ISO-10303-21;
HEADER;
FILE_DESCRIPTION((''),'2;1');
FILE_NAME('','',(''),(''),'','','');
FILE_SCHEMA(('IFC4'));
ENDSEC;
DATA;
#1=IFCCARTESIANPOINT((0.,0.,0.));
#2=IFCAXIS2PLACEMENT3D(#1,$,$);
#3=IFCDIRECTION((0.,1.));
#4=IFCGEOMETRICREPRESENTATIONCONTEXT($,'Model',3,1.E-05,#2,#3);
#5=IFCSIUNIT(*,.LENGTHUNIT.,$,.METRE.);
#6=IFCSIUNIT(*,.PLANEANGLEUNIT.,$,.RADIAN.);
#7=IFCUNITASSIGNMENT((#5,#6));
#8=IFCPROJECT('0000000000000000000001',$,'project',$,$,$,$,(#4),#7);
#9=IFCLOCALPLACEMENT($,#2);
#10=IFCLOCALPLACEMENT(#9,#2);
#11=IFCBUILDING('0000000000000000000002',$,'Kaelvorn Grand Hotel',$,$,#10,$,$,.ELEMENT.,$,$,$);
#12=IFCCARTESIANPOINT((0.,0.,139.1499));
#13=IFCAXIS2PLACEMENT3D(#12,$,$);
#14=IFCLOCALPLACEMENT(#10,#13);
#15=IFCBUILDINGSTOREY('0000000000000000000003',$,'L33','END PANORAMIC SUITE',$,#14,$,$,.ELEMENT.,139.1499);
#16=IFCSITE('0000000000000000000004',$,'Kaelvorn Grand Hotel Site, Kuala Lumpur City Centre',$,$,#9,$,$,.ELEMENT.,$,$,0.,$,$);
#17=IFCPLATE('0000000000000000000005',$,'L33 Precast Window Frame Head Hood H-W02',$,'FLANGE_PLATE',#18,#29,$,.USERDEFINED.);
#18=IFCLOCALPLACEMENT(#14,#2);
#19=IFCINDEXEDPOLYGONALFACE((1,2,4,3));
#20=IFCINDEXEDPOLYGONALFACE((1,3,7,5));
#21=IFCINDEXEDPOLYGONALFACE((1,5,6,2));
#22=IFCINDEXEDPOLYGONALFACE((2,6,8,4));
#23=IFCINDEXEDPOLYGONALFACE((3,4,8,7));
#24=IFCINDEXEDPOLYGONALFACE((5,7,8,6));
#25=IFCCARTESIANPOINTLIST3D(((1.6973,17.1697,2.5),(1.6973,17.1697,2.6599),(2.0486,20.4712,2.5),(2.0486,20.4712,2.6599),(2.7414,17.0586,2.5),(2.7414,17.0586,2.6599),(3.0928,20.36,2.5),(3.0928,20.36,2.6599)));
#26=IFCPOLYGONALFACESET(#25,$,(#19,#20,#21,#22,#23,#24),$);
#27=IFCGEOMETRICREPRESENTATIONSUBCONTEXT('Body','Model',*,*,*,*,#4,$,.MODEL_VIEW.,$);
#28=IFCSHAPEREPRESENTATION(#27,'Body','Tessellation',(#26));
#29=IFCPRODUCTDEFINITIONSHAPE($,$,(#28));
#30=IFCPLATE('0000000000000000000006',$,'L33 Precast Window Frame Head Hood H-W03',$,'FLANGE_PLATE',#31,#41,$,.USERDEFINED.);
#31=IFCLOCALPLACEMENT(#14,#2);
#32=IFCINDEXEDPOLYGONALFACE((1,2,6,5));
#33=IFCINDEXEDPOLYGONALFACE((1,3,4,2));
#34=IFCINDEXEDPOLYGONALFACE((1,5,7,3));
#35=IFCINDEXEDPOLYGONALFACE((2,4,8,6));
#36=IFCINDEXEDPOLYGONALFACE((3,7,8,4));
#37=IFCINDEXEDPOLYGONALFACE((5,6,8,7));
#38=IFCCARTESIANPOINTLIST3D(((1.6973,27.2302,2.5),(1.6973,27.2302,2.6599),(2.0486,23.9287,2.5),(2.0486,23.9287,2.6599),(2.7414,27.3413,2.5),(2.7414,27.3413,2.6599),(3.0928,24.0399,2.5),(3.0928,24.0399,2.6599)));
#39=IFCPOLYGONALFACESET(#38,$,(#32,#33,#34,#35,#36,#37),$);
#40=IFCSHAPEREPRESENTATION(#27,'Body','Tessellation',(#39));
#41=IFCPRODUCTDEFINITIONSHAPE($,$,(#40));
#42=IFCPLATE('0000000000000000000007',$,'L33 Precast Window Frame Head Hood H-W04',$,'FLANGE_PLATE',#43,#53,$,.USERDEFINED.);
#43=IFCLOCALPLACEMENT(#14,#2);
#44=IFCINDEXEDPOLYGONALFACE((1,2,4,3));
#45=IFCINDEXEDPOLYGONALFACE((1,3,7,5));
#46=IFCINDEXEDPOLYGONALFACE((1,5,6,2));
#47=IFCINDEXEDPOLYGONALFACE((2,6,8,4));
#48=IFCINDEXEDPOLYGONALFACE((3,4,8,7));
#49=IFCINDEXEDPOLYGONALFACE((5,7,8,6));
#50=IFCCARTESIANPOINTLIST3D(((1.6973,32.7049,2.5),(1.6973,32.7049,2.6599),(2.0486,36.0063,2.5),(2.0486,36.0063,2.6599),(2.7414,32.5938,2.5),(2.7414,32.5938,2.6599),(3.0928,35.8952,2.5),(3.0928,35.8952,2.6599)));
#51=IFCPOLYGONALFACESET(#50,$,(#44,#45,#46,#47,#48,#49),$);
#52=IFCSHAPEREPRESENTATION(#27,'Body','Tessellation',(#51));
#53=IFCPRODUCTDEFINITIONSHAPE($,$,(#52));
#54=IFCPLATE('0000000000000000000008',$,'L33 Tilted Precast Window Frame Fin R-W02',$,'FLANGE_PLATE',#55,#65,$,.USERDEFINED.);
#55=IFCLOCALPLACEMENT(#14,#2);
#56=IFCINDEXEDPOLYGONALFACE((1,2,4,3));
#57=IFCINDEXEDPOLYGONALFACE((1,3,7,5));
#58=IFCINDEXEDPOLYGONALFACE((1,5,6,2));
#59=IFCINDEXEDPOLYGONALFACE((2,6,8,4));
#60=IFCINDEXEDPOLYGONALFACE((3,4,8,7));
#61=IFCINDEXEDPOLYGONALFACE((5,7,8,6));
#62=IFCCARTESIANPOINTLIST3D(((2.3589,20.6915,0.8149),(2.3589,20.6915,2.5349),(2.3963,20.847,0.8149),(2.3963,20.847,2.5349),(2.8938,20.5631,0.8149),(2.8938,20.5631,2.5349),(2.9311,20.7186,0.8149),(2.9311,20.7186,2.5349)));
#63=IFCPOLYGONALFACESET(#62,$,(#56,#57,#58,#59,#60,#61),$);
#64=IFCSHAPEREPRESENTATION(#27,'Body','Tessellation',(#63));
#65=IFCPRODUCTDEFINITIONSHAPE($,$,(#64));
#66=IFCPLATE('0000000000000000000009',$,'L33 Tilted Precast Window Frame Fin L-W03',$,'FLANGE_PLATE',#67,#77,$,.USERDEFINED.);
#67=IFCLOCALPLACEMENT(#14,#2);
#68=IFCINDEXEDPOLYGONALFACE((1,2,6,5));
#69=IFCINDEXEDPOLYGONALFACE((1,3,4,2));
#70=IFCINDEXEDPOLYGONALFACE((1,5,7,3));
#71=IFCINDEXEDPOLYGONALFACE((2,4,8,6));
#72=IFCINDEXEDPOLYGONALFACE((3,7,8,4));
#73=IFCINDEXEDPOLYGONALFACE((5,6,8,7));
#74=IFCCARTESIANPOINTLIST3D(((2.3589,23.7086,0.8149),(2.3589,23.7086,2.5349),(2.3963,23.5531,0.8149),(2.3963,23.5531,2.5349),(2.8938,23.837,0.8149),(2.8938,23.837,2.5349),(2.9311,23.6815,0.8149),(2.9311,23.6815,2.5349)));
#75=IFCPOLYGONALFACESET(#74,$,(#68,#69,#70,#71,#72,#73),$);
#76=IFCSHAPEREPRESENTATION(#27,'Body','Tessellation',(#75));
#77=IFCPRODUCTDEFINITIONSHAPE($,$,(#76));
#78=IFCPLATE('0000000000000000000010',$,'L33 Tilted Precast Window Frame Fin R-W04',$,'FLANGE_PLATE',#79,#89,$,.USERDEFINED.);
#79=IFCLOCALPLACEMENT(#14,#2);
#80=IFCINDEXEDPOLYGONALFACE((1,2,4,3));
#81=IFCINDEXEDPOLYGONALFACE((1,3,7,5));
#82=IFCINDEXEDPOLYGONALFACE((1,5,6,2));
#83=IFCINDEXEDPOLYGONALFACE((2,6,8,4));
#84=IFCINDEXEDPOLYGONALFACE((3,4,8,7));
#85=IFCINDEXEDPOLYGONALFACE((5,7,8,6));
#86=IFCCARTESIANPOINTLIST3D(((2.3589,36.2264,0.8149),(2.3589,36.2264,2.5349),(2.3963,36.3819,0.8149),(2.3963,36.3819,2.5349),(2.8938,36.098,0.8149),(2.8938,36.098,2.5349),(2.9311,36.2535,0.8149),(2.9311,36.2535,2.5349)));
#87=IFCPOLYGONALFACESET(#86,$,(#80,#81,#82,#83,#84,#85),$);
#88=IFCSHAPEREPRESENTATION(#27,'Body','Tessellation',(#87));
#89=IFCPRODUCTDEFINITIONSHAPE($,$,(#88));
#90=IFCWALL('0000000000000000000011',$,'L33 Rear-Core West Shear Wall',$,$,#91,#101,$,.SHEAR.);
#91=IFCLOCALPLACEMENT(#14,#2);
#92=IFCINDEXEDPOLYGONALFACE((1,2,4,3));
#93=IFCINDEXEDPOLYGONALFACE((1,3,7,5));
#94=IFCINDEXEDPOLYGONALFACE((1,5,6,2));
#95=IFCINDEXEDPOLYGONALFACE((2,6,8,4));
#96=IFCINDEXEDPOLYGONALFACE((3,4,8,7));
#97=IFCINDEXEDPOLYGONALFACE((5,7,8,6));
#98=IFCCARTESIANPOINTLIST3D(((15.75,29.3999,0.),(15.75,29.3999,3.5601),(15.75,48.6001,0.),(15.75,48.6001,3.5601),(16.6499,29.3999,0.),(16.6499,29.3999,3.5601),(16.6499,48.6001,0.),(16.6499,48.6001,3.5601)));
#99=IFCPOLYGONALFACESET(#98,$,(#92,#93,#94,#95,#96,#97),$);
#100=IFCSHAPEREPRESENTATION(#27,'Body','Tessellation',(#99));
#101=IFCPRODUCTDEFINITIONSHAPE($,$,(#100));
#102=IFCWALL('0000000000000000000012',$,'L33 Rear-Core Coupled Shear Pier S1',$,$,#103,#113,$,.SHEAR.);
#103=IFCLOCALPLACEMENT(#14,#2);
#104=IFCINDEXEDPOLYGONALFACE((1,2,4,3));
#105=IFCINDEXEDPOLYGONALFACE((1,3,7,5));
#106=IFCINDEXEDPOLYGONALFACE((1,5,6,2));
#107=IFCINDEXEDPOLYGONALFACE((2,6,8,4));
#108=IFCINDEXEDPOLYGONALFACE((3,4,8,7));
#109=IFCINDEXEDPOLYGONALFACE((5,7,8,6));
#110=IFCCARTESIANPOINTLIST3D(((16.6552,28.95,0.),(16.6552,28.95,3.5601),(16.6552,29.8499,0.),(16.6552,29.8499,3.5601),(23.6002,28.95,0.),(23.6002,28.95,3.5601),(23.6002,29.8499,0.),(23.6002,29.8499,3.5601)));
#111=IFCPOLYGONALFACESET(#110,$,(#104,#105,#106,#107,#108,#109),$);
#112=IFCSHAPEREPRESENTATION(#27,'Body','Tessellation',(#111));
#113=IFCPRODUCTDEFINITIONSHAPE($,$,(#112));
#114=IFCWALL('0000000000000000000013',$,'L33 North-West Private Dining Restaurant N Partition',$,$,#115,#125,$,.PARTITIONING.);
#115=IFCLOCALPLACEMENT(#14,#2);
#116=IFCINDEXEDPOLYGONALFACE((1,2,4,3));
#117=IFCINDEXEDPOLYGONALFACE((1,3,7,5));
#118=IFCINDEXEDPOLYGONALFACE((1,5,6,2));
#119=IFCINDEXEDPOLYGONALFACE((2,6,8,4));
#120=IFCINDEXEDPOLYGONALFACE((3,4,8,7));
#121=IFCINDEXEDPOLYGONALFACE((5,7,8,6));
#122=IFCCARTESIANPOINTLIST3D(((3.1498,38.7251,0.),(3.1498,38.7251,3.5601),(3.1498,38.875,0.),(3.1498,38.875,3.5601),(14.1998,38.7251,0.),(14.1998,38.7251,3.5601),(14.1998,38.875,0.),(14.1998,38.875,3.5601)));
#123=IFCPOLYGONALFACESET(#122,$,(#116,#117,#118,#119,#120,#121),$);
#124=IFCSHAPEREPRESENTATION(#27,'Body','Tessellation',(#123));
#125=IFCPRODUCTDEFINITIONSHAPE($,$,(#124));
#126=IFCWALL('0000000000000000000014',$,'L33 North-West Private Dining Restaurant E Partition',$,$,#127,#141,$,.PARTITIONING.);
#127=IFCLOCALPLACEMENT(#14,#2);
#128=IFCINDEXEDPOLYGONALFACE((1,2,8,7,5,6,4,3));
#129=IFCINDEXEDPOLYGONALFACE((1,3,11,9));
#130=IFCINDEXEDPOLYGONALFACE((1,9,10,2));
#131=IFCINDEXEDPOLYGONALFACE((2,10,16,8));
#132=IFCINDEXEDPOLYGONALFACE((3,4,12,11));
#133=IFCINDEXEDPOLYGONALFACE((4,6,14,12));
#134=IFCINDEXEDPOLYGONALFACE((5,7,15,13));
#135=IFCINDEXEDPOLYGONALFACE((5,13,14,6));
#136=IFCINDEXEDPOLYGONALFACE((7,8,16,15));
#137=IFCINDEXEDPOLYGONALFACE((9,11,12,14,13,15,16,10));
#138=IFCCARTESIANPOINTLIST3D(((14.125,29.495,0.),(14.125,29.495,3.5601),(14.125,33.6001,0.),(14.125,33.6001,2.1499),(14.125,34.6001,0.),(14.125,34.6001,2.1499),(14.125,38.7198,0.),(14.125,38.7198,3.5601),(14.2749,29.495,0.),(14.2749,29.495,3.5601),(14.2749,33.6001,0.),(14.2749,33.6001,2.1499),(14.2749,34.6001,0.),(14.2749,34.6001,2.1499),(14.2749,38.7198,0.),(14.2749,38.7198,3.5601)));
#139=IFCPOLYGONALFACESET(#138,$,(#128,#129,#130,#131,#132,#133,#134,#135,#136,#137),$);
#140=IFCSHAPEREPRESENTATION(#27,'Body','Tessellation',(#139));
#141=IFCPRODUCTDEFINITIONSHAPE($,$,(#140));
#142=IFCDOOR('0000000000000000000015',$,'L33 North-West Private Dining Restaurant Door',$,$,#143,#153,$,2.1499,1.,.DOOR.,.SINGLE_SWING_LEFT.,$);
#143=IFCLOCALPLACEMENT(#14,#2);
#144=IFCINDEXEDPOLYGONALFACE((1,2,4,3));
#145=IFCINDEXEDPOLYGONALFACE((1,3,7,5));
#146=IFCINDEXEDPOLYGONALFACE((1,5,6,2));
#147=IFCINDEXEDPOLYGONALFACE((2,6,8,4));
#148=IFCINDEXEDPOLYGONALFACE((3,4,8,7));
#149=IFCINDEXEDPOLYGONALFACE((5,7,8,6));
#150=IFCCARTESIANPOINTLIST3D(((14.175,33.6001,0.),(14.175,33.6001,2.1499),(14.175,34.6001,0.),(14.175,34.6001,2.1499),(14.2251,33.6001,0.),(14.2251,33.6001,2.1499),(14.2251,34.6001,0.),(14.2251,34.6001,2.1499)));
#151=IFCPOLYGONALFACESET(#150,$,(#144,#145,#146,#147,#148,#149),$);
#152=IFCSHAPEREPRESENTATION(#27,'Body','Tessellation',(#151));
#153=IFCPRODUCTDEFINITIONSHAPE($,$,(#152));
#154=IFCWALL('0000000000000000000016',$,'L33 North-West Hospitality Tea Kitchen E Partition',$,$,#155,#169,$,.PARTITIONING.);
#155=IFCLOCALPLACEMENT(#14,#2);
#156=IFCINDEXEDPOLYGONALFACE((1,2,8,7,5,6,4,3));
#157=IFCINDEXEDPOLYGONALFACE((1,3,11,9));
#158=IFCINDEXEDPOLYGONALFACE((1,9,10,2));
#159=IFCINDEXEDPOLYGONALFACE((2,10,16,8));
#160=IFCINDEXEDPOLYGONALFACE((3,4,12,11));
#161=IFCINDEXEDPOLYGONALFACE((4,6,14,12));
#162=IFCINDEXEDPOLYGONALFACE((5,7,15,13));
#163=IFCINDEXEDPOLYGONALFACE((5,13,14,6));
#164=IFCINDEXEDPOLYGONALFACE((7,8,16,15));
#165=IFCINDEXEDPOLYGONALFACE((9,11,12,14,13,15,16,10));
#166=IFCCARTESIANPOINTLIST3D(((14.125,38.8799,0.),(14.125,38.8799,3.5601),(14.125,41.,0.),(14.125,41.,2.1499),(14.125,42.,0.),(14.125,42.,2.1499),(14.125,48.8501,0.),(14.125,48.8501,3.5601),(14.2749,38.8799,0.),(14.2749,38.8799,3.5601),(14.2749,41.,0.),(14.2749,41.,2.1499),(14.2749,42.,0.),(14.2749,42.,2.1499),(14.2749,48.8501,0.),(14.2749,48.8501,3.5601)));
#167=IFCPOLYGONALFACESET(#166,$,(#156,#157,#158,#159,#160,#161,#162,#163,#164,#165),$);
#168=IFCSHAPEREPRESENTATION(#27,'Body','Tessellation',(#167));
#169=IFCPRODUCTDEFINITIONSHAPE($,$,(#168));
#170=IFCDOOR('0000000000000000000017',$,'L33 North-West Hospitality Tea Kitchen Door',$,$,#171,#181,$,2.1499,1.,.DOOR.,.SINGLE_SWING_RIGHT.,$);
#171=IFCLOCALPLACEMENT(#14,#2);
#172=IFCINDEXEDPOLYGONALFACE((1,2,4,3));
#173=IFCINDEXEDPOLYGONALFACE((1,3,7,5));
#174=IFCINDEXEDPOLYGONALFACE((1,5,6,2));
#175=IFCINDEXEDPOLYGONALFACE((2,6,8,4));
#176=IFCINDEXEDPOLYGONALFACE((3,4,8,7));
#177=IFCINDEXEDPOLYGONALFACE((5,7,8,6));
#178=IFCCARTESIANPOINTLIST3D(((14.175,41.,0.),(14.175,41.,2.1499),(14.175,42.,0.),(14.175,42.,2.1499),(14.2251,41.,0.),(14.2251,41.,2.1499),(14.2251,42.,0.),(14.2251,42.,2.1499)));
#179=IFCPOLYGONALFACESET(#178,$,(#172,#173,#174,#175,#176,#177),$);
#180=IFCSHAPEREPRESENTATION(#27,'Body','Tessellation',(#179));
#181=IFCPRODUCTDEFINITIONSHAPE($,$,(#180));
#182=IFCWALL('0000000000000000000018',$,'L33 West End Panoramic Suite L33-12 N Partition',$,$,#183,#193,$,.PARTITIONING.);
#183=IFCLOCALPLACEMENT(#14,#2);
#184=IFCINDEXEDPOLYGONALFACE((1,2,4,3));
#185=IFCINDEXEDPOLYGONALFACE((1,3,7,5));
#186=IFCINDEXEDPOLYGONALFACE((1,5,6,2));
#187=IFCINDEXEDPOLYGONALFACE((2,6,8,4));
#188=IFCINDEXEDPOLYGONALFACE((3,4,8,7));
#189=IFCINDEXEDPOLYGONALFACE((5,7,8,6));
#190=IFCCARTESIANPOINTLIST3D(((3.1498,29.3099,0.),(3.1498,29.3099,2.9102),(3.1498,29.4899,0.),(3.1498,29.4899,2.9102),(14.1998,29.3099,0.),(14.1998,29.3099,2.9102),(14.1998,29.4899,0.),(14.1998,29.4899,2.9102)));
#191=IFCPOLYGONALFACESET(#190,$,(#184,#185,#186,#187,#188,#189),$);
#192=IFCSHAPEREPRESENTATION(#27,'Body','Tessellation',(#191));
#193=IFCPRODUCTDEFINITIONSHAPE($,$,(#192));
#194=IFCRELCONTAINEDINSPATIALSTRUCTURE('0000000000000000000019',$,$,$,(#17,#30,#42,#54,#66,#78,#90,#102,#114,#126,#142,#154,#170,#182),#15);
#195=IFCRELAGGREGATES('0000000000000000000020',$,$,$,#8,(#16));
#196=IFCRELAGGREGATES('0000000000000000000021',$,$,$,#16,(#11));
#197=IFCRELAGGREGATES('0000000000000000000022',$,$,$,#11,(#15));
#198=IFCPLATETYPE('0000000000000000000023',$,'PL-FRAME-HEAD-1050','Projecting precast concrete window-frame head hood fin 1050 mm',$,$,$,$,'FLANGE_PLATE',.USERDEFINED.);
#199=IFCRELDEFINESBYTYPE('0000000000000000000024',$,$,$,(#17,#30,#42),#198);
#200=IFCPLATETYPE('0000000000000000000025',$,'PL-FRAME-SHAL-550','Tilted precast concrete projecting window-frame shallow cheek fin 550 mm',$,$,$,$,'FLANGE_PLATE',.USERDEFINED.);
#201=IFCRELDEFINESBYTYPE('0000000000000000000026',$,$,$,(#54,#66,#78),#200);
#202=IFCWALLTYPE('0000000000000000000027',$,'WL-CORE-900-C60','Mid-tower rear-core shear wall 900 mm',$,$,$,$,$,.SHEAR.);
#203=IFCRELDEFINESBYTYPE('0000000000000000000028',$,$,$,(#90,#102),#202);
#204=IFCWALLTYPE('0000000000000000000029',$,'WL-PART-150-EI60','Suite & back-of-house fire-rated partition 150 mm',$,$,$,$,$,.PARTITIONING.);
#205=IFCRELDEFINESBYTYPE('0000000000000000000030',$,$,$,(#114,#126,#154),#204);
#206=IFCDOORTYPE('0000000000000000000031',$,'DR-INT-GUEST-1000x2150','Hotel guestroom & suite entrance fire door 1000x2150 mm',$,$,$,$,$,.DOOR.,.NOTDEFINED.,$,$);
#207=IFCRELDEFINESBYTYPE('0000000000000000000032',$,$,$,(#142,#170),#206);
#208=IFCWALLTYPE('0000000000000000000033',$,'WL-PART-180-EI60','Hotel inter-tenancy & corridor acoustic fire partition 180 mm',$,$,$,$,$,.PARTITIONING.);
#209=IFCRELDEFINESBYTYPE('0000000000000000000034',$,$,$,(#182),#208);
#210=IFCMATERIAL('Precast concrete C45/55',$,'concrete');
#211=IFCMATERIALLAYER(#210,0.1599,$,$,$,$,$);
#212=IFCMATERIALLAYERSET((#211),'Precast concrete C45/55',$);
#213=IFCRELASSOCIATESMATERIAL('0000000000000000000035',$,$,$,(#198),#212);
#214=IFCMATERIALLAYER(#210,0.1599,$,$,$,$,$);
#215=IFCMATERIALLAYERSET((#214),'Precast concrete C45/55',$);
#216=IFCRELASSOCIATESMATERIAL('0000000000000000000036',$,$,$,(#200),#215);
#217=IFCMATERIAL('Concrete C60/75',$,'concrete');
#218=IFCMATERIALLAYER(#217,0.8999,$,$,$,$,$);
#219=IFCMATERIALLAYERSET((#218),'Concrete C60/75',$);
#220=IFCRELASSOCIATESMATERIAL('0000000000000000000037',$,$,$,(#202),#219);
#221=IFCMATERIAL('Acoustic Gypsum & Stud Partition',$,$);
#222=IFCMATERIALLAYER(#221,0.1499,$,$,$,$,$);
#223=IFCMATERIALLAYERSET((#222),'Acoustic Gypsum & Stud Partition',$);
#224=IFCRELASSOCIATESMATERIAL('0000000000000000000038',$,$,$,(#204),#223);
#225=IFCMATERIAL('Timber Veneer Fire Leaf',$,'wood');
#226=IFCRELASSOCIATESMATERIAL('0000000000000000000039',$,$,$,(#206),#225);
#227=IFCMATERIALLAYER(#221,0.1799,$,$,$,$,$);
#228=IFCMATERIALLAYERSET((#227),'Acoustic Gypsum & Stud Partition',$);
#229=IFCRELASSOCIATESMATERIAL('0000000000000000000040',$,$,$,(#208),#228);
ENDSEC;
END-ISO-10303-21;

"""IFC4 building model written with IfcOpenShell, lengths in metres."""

from ifc_helpers import new_model, si_unit, direction, frame, frame_2d, origin, origin_2d, place, context, subcontext, project, spatial, rectangle, extrude, material, layer, layer_set, type_object, element, fill, save


model = new_model("IFC4")

# Units and contexts
model_context = context("Model", 3, precision=1e-05, world=origin(), true_north=direction((0.0, 1.0)))
body_context = subcontext(model_context, "Body", "Model", "MODEL_VIEW")
ifc_project = project(units=[si_unit("LENGTHUNIT", "METRE"), si_unit("PLANEANGLEUNIT", "RADIAN")], contexts=[model_context])

# Site, building, storey
site_placement = place(None, origin())
site = spatial("IfcSite", under=ifc_project, at=site_placement, Name="Kaelvorn Grand Hotel Site, Kuala Lumpur City Centre", CompositionType="ELEMENT", RefElevation=0.0)
building_placement = place(site_placement, origin())
building = spatial("IfcBuilding", under=site, at=building_placement, Name="Kaelvorn Grand Hotel", CompositionType="ELEMENT")
storey_placement = place(building_placement, frame((0.0, 0.0, 139.1499)))
storey = spatial("IfcBuildingStorey", under=building, at=storey_placement, Name="L33", Description="END PANORAMIC SUITE", CompositionType="ELEMENT", Elevation=139.1499)

# Shared definitions
ifc_material_1 = material(Name="Concrete C60/75", Category="concrete")

# Plates
ifc_material_2 = material(Name="Precast concrete C45/55", Category="concrete")
ifc_layer_1 = layer(ifc_material_2, 0.1599)
ifc_layer_set_1 = layer_set([ifc_layer_1], Name="Precast concrete C45/55")
plate_type_1 = type_object("IfcPlateType", Name="PL-FRAME-HEAD-1050", Description="Projecting precast concrete window-frame head hood fin 1050 mm", ElementType="FLANGE_PLATE", PredefinedType="USERDEFINED", material=ifc_layer_set_1)
for number, where, z_axis, x_axis, name in (
    (1, (2.395, 18.7649, 2.5), (0.0, 0.0, 1.0), (0.10583, 0.994384, 0.0), "L33 Precast Window Frame Head Hood H-W02"),
    (2, (2.395, 25.635, 2.5), (0.0, 0.0, 1.0), (-0.10583, 0.994384, 0.0), "L33 Precast Window Frame Head Hood H-W03"),
    (3, (2.395, 34.3, 2.5), (0.0, 0.0, 1.0), (0.10583, 0.994384, 0.0), "L33 Precast Window Frame Head Hood H-W04"),
):
    element("IfcPlate", number, at=place(storey_placement, frame(where, z_axis=z_axis, x_axis=x_axis)), inside=storey, type_object=plate_type_1, Name=name, ObjectType="FLANGE_PLATE", PredefinedType="USERDEFINED", context=body_context, shape_type="SweptSolid", body=[
        extrude(rectangle(XDim=3.3201, YDim=1.05, at=origin_2d()), origin(), (0.0, 0.0, 1.0), 0.1599),
    ])
ifc_layer_2 = layer(ifc_material_2, 0.1599)
ifc_layer_set_2 = layer_set([ifc_layer_2], Name="Precast concrete C45/55")
plate_type_2 = type_object("IfcPlateType", Name="PL-FRAME-SHAL-550", Description="Tilted precast concrete projecting window-frame shallow cheek fin 550 mm", ElementType="FLANGE_PLATE", PredefinedType="USERDEFINED", material=ifc_layer_set_2)
for number, where, z_axis, x_axis, name in (
    (4, (2.645, 20.7051, 0.8149), (0.0, 0.0, 1.0), (0.233445, 0.97237, 0.0), "L33 Tilted Precast Window Frame Fin R-W02"),
    (5, (2.645, 23.6951, 0.8149), (0.0, 0.0, 1.0), (-0.233445, 0.97237, 0.0), "L33 Tilted Precast Window Frame Fin L-W03"),
    (6, (2.645, 36.24, 0.8149), (0.0, 0.0, 1.0), (0.233445, 0.97237, 0.0), "L33 Tilted Precast Window Frame Fin R-W04"),
):
    element("IfcPlate", number, at=place(storey_placement, frame(where, z_axis=z_axis, x_axis=x_axis)), inside=storey, type_object=plate_type_2, Name=name, ObjectType="FLANGE_PLATE", PredefinedType="USERDEFINED", context=body_context, shape_type="SweptSolid", body=[
        extrude(rectangle(XDim=0.1599, YDim=0.55, at=origin_2d()), origin(), (0.0, 0.0, 1.0), 1.72),
    ])

# Walls
ifc_layer_3 = layer(ifc_material_1, 0.8999)
ifc_layer_set_3 = layer_set([ifc_layer_3], Name="Concrete C60/75")
wall_type_1 = type_object("IfcWallType", Name="WL-CORE-900-C60", Description="Mid-tower rear-core shear wall 900 mm", PredefinedType="SHEAR", material=ifc_layer_set_3)
wall_1_placement = place(storey_placement, frame((16.2, 29.3999, 0.0), z_axis=(0.0, 0.0, 1.0), x_axis=(0.0, 1.0, 0.0)))
element("IfcWall", 7, at=wall_1_placement, inside=storey, type_object=wall_type_1, Name="L33 Rear-Core West Shear Wall", PredefinedType="SHEAR", context=body_context, shape_type="SweptSolid", body=[
    extrude(rectangle(XDim=19.2002, YDim=0.8999, at=frame_2d((9.6001, 0.0))), origin(), (0.0, 0.0, 1.0), 3.5601),
])
wall_2_placement = place(storey_placement, frame((16.655, 29.3999, 0.0), z_axis=(0.0, 0.0, 1.0), x_axis=(1.0, 0.0, 0.0)))
element("IfcWall", 8, at=wall_2_placement, inside=storey, type_object=wall_type_1, Name="L33 Rear-Core Coupled Shear Pier S1", PredefinedType="SHEAR", context=body_context, shape_type="SweptSolid", body=[
    extrude(rectangle(XDim=6.9451, YDim=0.8999, at=frame_2d((3.4727, 0.0))), origin(), (0.0, 0.0, 1.0), 3.5601),
])
ifc_material_3 = material(Name="Acoustic Gypsum & Stud Partition")
ifc_layer_4 = layer(ifc_material_3, 0.1499)
ifc_layer_set_4 = layer_set([ifc_layer_4], Name="Acoustic Gypsum & Stud Partition")
wall_type_2 = type_object("IfcWallType", Name="WL-PART-150-EI60", Description="Suite & back-of-house fire-rated partition 150 mm", PredefinedType="PARTITIONING", material=ifc_layer_set_4)
wall_3_placement = place(storey_placement, frame((3.1499, 38.8, 0.0), z_axis=(0.0, 0.0, 1.0), x_axis=(1.0, 0.0, 0.0)))
element("IfcWall", 9, at=wall_3_placement, inside=storey, type_object=wall_type_2, Name="L33 North-West Private Dining Restaurant N Partition", PredefinedType="PARTITIONING", context=body_context, shape_type="SweptSolid", body=[
    extrude(rectangle(XDim=11.05, YDim=0.1499, at=frame_2d((5.5249, 0.0))), origin(), (0.0, 0.0, 1.0), 3.5601),
])

# Walls, openings, doors
wall_4_placement = place(storey_placement, frame((14.2, 29.4951, 0.0), z_axis=(0.0, 0.0, 1.0), x_axis=(0.0, 1.0, 0.0)))
wall_4 = element("IfcWall", 10, at=wall_4_placement, inside=storey, type_object=wall_type_2, Name="L33 North-West Private Dining Restaurant E Partition", PredefinedType="PARTITIONING", context=body_context, shape_type="SweptSolid", body=[
    extrude(rectangle(XDim=9.2249, YDim=0.1499, at=frame_2d((4.6123, 0.0))), origin(), (0.0, 0.0, 1.0), 3.5601),
])
opening_1_placement = place(wall_4_placement, frame((4.105, 0.0, 0.0)))
opening_1 = element("IfcOpeningElement", 11, at=opening_1_placement, cuts=wall_4, PredefinedType="OPENING", context=body_context, shape_type="SweptSolid", body=[
    extrude(rectangle(XDim=1.0, YDim=2.1499, at=frame_2d((0.5, 1.075))), frame((0.0, 0.085, 0.0), z_axis=(0.0, -1.0, 0.0), x_axis=(1.0, 0.0, 0.0)), (0.0, 0.0, 1.0), 0.1699),
])
ifc_material_4 = material(Name="Timber Veneer Fire Leaf", Category="wood")
door_type_1 = type_object("IfcDoorType", Name="DR-INT-GUEST-1000x2150", Description="Hotel guestroom & suite entrance fire door 1000x2150 mm", OperationType="NOTDEFINED", PredefinedType="DOOR", material=ifc_material_4)
door_1_placement = place(opening_1_placement, origin())
door_1 = element("IfcDoor", 12, at=door_1_placement, inside=storey, type_object=door_type_1, Name="L33 North-West Private Dining Restaurant Door", OperationType="SINGLE_SWING_LEFT", OverallHeight=2.1499, OverallWidth=1.0, PredefinedType="DOOR", context=body_context, shape_type="SweptSolid", body=[
    extrude(rectangle(XDim=1.0, YDim=2.1499, at=frame_2d((0.5, 1.075))), frame((0.0, 0.0249, 0.0), z_axis=(0.0, -1.0, 0.0), x_axis=(1.0, 0.0, 0.0)), (0.0, 0.0, 1.0), 0.05),
])
fill(opening_1, door_1)
wall_5_placement = place(storey_placement, frame((14.2, 38.8799, 0.0), z_axis=(0.0, 0.0, 1.0), x_axis=(0.0, 1.0, 0.0)))
wall_5 = element("IfcWall", 13, at=wall_5_placement, inside=storey, type_object=wall_type_2, Name="L33 North-West Hospitality Tea Kitchen E Partition", PredefinedType="PARTITIONING", context=body_context, shape_type="SweptSolid", body=[
    extrude(rectangle(XDim=9.9702, YDim=0.1499, at=frame_2d((4.9851, 0.0))), origin(), (0.0, 0.0, 1.0), 3.5601),
])
opening_2_placement = place(wall_5_placement, frame((2.1201, 0.0, 0.0)))
opening_2 = element("IfcOpeningElement", 14, at=opening_2_placement, cuts=wall_5, PredefinedType="OPENING", context=body_context, shape_type="SweptSolid", body=[
    extrude(rectangle(XDim=1.0, YDim=2.1499, at=frame_2d((0.5, 1.075))), frame((0.0, 0.085, 0.0), z_axis=(0.0, -1.0, 0.0), x_axis=(1.0, 0.0, 0.0)), (0.0, 0.0, 1.0), 0.1699),
])
door_2_placement = place(opening_2_placement, origin())
door_2 = element("IfcDoor", 15, at=door_2_placement, inside=storey, type_object=door_type_1, Name="L33 North-West Hospitality Tea Kitchen Door", OperationType="SINGLE_SWING_RIGHT", OverallHeight=2.1499, OverallWidth=1.0, PredefinedType="DOOR", context=body_context, shape_type="SweptSolid", body=[
    extrude(rectangle(XDim=1.0, YDim=2.1499, at=frame_2d((0.5, 1.075))), frame((0.0, 0.0249, 0.0), z_axis=(0.0, -1.0, 0.0), x_axis=(1.0, 0.0, 0.0)), (0.0, 0.0, 1.0), 0.05),
])
fill(opening_2, door_2)

# Wall
ifc_layer_5 = layer(ifc_material_3, 0.1799)
ifc_layer_set_5 = layer_set([ifc_layer_5], Name="Acoustic Gypsum & Stud Partition")
wall_type_3 = type_object("IfcWallType", Name="WL-PART-180-EI60", Description="Hotel inter-tenancy & corridor acoustic fire partition 180 mm", PredefinedType="PARTITIONING", material=ifc_layer_set_5)
wall_6_placement = place(storey_placement, frame((3.1499, 29.3999, 0.0), z_axis=(0.0, 0.0, 1.0), x_axis=(1.0, 0.0, 0.0)))
element("IfcWall", 16, at=wall_6_placement, inside=storey, type_object=wall_type_3, Name="L33 West End Panoramic Suite L33-12 N Partition", PredefinedType="PARTITIONING", context=body_context, shape_type="SweptSolid", body=[
    extrude(rectangle(XDim=11.05, YDim=0.1799, at=frame_2d((5.5249, 0.0))), origin(), (0.0, 0.0, 1.0), 2.9102),
])

save(model, "model.ifc")
